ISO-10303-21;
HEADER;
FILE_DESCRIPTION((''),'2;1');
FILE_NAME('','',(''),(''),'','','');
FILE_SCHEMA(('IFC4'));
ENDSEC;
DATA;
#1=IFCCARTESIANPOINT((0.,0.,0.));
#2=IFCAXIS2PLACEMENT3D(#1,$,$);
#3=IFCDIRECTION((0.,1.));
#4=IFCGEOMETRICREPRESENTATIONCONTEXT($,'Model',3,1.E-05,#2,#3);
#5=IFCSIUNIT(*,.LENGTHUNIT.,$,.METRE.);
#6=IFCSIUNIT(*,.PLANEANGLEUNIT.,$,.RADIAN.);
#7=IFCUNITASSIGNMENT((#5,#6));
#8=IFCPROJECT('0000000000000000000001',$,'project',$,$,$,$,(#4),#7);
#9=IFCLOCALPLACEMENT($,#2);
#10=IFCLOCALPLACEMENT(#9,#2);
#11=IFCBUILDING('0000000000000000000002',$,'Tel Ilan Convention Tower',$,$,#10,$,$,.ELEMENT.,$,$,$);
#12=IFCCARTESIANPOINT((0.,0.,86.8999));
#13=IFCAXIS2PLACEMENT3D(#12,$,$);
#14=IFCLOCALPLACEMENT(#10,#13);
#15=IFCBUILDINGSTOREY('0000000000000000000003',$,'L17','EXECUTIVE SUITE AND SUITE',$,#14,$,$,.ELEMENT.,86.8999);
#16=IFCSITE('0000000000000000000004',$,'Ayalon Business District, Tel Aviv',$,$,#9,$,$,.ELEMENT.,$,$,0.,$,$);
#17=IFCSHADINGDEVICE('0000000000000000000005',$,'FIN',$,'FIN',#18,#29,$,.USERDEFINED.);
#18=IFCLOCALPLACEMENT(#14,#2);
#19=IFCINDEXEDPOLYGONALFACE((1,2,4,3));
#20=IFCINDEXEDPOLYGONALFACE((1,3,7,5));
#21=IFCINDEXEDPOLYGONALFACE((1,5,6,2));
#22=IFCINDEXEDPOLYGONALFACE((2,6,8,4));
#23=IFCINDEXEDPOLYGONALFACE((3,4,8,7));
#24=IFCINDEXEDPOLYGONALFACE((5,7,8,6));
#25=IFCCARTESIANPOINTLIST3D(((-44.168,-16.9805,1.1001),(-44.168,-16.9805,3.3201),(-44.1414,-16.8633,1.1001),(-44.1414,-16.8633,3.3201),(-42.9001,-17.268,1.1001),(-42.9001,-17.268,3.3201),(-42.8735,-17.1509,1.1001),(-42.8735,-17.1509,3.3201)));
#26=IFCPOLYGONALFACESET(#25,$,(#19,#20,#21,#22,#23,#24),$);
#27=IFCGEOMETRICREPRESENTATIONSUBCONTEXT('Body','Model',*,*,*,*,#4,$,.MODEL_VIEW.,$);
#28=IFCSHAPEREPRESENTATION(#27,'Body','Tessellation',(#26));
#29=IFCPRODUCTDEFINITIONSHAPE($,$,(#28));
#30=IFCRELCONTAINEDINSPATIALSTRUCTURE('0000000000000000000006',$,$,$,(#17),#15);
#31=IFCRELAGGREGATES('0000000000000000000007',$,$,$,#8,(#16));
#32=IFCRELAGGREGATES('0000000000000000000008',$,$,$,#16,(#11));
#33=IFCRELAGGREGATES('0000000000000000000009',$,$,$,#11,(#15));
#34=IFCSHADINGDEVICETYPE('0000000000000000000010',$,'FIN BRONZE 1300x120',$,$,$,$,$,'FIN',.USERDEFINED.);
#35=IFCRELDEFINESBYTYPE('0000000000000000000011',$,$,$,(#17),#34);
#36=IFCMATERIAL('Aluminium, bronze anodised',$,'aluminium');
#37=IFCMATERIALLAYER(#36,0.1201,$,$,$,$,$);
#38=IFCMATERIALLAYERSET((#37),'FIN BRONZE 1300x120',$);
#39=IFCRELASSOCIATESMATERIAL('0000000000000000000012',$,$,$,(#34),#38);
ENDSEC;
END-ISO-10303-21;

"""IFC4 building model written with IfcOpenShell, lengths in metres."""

from ifc_helpers import new_model, si_unit, direction, frame, origin, origin_2d, place, context, subcontext, project, spatial, rectangle, extrude, material, layer, layer_set, type_object, element, save


model = new_model("IFC4")

# Units and contexts
model_context = context("Model", 3, precision=1e-05, world=origin(), true_north=direction((0.0, 1.0)))
body_context = subcontext(model_context, "Body", "Model", "MODEL_VIEW")
ifc_project = project(units=[si_unit("LENGTHUNIT", "METRE"), si_unit("PLANEANGLEUNIT", "RADIAN")], contexts=[model_context])

# Site, building, storey
site_placement = place(None, origin())
site = spatial("IfcSite", under=ifc_project, at=site_placement, Name="Ayalon Business District, Tel Aviv", CompositionType="ELEMENT", RefElevation=0.0)
building_placement = place(site_placement, origin())
building = spatial("IfcBuilding", under=site, at=building_placement, Name="Tel Ilan Convention Tower", CompositionType="ELEMENT")
storey_placement = place(building_placement, frame((0.0, 0.0, 86.8999)))
storey = spatial("IfcBuildingStorey", under=building, at=storey_placement, Name="L17", Description="EXECUTIVE SUITE AND SUITE", CompositionType="ELEMENT", Elevation=86.8999)

# Shading device
ifc_material_1 = material(Name="Aluminium, bronze anodised", Category="aluminium")
ifc_layer_1 = layer(ifc_material_1, 0.1201)
ifc_layer_set_1 = layer_set([ifc_layer_1], Name="FIN BRONZE 1300x120")
shading_device_type = type_object("IfcShadingDeviceType", Name="FIN BRONZE 1300x120", ElementType="FIN", PredefinedType="USERDEFINED", material=ifc_layer_set_1)
for number, where, z_axis, x_axis, name in (
    (1, (-43.5208, -17.0657, 1.1001), (0.0, 0.0, 1.0), (-0.975235, 0.22117, 0.0), "FIN"),
):
    element("IfcShadingDevice", number, at=place(storey_placement, frame(where, z_axis=z_axis, x_axis=x_axis)), inside=storey, type_object=shading_device_type, Name=name, ObjectType="FIN", PredefinedType="USERDEFINED", context=body_context, shape_type="SweptSolid", body=[
        extrude(rectangle(XDim=1.3, YDim=0.1201, at=origin_2d()), origin(), (0.0, 0.0, 1.0), 2.22),
    ])

save(model, "model.ifc")
